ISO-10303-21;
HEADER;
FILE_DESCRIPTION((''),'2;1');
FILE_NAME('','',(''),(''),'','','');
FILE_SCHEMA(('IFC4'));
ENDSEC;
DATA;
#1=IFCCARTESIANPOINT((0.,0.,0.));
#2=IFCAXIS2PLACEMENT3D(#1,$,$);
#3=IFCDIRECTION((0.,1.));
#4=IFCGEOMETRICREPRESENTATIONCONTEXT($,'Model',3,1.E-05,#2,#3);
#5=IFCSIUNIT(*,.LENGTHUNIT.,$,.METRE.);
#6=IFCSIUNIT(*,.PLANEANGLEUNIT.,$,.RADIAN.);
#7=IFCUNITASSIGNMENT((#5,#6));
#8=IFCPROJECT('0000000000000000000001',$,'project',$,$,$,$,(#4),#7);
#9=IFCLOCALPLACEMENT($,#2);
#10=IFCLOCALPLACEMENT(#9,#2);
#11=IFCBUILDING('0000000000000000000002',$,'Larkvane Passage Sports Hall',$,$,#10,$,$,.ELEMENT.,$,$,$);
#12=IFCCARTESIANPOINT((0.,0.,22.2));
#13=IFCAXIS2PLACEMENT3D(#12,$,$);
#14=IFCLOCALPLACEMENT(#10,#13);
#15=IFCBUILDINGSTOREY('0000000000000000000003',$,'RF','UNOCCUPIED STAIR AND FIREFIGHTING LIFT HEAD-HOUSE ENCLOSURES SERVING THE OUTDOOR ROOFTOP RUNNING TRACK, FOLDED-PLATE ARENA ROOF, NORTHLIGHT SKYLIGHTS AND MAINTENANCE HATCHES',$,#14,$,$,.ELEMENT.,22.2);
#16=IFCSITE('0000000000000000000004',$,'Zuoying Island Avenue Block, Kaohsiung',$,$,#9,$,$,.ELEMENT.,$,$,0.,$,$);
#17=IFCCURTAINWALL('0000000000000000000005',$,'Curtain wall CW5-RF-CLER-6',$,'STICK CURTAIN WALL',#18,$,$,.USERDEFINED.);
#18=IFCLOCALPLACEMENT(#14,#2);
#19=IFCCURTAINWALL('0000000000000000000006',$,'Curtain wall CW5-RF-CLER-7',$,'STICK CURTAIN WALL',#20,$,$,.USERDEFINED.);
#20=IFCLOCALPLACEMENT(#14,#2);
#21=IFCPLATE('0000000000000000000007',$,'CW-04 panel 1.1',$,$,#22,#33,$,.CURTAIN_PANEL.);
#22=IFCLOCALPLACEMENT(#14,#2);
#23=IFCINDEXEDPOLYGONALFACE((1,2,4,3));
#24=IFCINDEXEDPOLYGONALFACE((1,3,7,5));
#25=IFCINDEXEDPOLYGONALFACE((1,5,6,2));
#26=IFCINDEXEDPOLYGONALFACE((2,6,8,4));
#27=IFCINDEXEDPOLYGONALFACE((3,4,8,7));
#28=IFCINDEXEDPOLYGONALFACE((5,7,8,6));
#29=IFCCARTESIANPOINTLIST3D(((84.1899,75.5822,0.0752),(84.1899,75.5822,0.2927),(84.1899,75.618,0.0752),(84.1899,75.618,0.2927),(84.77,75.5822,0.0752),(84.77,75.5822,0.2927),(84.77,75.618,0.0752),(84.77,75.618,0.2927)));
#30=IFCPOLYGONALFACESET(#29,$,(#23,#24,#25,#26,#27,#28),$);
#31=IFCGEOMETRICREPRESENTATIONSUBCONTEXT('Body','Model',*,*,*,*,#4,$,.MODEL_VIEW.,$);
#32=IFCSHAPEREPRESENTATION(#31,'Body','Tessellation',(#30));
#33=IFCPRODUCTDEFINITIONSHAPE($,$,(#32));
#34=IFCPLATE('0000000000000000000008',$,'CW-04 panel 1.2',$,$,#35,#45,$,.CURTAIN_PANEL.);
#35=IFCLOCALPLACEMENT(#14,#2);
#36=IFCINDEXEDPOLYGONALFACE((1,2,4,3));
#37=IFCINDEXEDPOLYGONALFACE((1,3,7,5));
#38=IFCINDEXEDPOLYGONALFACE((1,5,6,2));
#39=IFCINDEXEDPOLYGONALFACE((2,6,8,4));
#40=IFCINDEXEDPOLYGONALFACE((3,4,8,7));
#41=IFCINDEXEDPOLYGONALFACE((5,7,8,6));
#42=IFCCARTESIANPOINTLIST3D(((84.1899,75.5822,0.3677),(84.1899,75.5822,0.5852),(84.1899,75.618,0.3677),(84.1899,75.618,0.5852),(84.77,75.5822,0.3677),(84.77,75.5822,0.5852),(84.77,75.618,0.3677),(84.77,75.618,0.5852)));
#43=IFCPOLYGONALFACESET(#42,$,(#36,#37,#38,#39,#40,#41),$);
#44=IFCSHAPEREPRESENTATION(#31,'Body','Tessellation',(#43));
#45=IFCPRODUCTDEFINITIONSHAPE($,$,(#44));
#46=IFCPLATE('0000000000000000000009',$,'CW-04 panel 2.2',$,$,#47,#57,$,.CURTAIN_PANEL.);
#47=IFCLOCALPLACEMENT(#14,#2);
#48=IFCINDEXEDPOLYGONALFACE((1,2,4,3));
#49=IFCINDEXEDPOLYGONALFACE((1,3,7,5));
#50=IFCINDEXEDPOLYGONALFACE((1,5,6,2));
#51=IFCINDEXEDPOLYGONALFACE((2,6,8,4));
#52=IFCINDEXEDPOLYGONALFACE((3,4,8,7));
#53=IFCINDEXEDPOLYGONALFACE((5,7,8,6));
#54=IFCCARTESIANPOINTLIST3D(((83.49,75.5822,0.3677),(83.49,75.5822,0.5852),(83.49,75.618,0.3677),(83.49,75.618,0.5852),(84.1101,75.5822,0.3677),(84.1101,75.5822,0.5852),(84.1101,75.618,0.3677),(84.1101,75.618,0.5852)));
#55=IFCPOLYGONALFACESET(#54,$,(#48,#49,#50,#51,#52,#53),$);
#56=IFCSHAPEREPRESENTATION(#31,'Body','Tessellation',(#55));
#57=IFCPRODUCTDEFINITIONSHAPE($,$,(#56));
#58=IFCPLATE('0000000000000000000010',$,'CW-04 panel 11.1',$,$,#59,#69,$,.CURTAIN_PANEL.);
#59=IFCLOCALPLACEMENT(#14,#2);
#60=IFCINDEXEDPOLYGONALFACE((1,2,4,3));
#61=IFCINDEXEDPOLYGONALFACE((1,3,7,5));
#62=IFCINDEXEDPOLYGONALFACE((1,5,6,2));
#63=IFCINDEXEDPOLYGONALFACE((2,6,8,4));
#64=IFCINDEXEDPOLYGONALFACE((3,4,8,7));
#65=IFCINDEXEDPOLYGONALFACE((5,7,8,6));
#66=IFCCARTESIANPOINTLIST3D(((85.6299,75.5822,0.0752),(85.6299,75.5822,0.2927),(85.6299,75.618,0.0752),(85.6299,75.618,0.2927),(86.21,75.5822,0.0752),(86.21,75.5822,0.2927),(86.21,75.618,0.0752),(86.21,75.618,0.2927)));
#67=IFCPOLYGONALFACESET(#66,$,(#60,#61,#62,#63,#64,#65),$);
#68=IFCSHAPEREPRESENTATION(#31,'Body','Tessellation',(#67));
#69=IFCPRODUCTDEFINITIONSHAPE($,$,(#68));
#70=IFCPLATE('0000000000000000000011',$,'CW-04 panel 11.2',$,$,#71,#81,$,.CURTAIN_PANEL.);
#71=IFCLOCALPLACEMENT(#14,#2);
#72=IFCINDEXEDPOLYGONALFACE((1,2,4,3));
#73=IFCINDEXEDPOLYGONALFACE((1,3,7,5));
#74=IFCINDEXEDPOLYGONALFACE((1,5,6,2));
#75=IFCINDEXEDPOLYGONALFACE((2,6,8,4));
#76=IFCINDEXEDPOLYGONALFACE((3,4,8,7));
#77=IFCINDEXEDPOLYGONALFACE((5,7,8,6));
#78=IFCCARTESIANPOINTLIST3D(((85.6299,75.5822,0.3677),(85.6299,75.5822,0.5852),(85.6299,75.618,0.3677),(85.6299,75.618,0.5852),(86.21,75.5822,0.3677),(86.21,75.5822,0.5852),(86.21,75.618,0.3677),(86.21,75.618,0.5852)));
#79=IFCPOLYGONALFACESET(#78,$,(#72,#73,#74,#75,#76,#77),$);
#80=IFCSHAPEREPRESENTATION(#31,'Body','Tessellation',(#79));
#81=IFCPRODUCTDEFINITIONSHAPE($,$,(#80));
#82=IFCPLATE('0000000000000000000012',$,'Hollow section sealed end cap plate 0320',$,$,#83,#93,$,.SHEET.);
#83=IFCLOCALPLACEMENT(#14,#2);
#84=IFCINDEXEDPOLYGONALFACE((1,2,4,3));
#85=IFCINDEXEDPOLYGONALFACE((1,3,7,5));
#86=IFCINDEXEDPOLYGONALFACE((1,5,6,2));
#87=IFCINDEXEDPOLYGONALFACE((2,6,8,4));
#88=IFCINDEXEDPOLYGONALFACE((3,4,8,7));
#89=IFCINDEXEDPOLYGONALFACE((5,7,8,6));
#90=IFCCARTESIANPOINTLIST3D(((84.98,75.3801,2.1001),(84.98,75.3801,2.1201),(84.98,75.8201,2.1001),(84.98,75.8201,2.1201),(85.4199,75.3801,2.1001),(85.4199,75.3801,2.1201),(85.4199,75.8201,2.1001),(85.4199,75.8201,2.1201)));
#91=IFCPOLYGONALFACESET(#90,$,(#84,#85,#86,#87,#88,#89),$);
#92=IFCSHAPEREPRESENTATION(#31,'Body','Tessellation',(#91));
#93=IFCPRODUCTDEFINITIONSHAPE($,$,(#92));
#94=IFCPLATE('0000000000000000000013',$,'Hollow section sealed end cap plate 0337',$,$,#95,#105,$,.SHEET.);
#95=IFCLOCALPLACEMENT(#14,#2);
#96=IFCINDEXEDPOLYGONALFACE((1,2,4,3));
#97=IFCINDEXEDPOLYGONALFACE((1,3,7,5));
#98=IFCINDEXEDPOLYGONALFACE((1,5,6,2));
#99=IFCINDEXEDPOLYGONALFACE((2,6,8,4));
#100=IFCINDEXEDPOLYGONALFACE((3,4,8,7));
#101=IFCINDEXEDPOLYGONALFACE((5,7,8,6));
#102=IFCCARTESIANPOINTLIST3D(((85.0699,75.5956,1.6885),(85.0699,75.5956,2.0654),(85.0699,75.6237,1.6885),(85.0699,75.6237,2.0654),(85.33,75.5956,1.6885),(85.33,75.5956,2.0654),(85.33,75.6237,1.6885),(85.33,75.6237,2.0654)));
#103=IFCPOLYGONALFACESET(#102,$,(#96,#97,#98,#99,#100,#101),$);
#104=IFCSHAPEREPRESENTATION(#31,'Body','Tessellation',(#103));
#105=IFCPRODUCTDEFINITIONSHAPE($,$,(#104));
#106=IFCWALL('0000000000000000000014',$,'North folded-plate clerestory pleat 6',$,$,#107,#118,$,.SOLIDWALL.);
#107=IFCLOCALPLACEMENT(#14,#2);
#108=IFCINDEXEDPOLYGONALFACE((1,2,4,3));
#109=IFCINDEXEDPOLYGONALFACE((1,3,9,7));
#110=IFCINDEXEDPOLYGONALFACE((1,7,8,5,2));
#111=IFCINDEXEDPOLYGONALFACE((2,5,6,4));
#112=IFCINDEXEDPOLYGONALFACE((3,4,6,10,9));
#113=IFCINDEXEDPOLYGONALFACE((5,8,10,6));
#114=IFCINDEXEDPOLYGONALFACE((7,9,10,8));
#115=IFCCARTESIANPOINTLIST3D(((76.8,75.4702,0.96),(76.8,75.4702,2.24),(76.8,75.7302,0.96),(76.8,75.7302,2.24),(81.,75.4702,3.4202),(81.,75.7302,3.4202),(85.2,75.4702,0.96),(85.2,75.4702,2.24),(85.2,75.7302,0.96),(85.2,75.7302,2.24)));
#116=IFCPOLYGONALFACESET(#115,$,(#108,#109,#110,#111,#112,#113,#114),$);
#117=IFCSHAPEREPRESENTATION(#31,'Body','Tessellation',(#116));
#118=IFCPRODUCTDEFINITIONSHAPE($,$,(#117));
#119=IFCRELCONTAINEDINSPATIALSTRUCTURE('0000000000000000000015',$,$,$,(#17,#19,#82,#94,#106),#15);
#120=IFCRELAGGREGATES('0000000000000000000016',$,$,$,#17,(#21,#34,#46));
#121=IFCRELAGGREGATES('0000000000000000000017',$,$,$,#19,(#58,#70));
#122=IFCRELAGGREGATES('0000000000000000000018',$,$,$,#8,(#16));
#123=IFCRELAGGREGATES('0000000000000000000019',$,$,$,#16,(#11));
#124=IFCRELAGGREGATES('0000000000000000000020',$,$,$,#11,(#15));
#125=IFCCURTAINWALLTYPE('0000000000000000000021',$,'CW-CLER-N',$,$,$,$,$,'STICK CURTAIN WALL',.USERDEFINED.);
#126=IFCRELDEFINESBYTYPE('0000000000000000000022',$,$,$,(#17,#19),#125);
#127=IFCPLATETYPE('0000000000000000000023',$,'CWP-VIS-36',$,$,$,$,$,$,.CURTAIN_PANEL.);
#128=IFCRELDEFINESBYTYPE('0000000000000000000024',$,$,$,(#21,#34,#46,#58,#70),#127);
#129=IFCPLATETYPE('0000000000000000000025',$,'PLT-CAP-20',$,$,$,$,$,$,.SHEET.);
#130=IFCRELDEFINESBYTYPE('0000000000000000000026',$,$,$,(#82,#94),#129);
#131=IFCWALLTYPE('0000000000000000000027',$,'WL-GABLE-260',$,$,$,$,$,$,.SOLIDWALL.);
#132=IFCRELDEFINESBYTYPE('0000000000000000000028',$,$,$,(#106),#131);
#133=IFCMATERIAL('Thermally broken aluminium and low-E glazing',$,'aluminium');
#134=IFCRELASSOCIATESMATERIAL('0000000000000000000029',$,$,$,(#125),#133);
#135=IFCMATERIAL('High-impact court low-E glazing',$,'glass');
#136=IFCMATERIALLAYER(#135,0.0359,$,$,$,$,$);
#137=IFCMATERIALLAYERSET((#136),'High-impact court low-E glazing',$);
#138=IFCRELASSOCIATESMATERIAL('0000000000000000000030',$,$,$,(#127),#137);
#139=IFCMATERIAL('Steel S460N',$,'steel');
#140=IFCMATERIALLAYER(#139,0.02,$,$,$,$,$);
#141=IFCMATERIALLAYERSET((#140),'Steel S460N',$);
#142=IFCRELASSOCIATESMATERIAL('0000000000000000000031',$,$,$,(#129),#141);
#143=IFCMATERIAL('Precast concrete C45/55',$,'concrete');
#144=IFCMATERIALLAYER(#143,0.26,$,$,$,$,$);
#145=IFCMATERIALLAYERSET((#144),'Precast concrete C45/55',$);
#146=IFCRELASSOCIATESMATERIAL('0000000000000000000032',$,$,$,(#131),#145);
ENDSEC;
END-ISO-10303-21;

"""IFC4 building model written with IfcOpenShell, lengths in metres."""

from ifc_helpers import new_model, si_unit, direction, frame, origin, origin_2d, place, context, subcontext, project, spatial, polyline, rectangle, outline, extrude, material, layer, layer_set, type_object, element, aggregate, save


model = new_model("IFC4")

# Units and contexts
model_context = context("Model", 3, precision=1e-05, world=origin(), true_north=direction((0.0, 1.0)))
body_context = subcontext(model_context, "Body", "Model", "MODEL_VIEW")
ifc_project = project(units=[si_unit("LENGTHUNIT", "METRE"), si_unit("PLANEANGLEUNIT", "RADIAN")], contexts=[model_context])

# Site, building, storey
site_placement = place(None, origin())
site = spatial("IfcSite", under=ifc_project, at=site_placement, Name="Zuoying Island Avenue Block, Kaohsiung", CompositionType="ELEMENT", RefElevation=0.0)
building_placement = place(site_placement, origin())
building = spatial("IfcBuilding", under=site, at=building_placement, Name="Larkvane Passage Sports Hall", CompositionType="ELEMENT")
storey_placement = place(building_placement, frame((0.0, 0.0, 22.2)))
storey = spatial("IfcBuildingStorey", under=building, at=storey_placement, Name="RF", Description="UNOCCUPIED STAIR AND FIREFIGHTING LIFT HEAD-HOUSE ENCLOSURES SERVING THE OUTDOOR ROOFTOP RUNNING TRACK, FOLDED-PLATE ARENA ROOF, NORTHLIGHT SKYLIGHTS AND MAINTENANCE HATCHES", CompositionType="ELEMENT", Elevation=22.2)

# Shared definitions
ifc_material_1 = material(Name="Steel S460N", Category="steel")

# Curtain wall
ifc_material_2 = material(Name="Thermally broken aluminium and low-E glazing", Category="aluminium")
curtain_wall_type = type_object("IfcCurtainWallType", Name="CW-CLER-N", ElementType="STICK CURTAIN WALL", PredefinedType="USERDEFINED", material=ifc_material_2)
curtain_wall_1_placement = place(storey_placement, origin())
curtain_wall_1 = element("IfcCurtainWall", 1, at=curtain_wall_1_placement, inside=storey, type_object=curtain_wall_type, Name="Curtain wall CW5-RF-CLER-6", ObjectType="STICK CURTAIN WALL", PredefinedType="USERDEFINED")

# Curtain wall
curtain_wall_2_placement = place(storey_placement, origin())
curtain_wall_2 = element("IfcCurtainWall", 2, at=curtain_wall_2_placement, inside=storey, type_object=curtain_wall_type, Name="Curtain wall CW5-RF-CLER-7", ObjectType="STICK CURTAIN WALL", PredefinedType="USERDEFINED")

# Plates
ifc_material_3 = material(Name="High-impact court low-E glazing", Category="glass")
ifc_layer_1 = layer(ifc_material_3, 0.0359)
ifc_layer_set_1 = layer_set([ifc_layer_1], Name="High-impact court low-E glazing")
plate_type_1 = type_object("IfcPlateType", Name="CWP-VIS-36", PredefinedType="CURTAIN_PANEL", material=ifc_layer_set_1)
plate_1_placement = place(storey_placement, frame((84.48, 75.6001, 0.0752), z_axis=(0.0, 0.0, 1.0), x_axis=(-1.0, 0.0, 0.0)))
plate_1 = element("IfcPlate", 3, at=plate_1_placement, type_object=plate_type_1, Name="CW-04 panel 1.1", PredefinedType="CURTAIN_PANEL", context=body_context, shape_type="SweptSolid", body=[
    extrude(rectangle(XDim=0.5801, YDim=0.0359, at=origin_2d()), origin(), (0.0, 0.0, 1.0), 0.2175),
])
plate_2_placement = place(storey_placement, frame((84.48, 75.6001, 0.3677), z_axis=(0.0, 0.0, 1.0), x_axis=(-1.0, 0.0, 0.0)))
plate_2 = element("IfcPlate", 4, at=plate_2_placement, type_object=plate_type_1, Name="CW-04 panel 1.2", PredefinedType="CURTAIN_PANEL", context=body_context, shape_type="SweptSolid", body=[
    extrude(rectangle(XDim=0.5801, YDim=0.0359, at=origin_2d()), origin(), (0.0, 0.0, 1.0), 0.2175),
])
plate_3_placement = place(storey_placement, frame((83.8, 75.6001, 0.3677), z_axis=(0.0, 0.0, 1.0), x_axis=(-1.0, 0.0, 0.0)))
plate_3 = element("IfcPlate", 5, at=plate_3_placement, type_object=plate_type_1, Name="CW-04 panel 2.2", PredefinedType="CURTAIN_PANEL", context=body_context, shape_type="SweptSolid", body=[
    extrude(rectangle(XDim=0.6201, YDim=0.0359, at=origin_2d()), origin(), (0.0, 0.0, 1.0), 0.2175),
])
aggregate(curtain_wall_1, [plate_1, plate_2, plate_3])
plate_4_placement = place(storey_placement, frame((85.9199, 75.6001, 0.0752), z_axis=(0.0, 0.0, 1.0), x_axis=(-1.0, 0.0, 0.0)))
plate_4 = element("IfcPlate", 6, at=plate_4_placement, type_object=plate_type_1, Name="CW-04 panel 11.1", PredefinedType="CURTAIN_PANEL", context=body_context, shape_type="SweptSolid", body=[
    extrude(rectangle(XDim=0.5801, YDim=0.0359, at=origin_2d()), origin(), (0.0, 0.0, 1.0), 0.2175),
])
plate_5_placement = place(storey_placement, frame((85.9199, 75.6001, 0.3677), z_axis=(0.0, 0.0, 1.0), x_axis=(-1.0, 0.0, 0.0)))
plate_5 = element("IfcPlate", 7, at=plate_5_placement, type_object=plate_type_1, Name="CW-04 panel 11.2", PredefinedType="CURTAIN_PANEL", context=body_context, shape_type="SweptSolid", body=[
    extrude(rectangle(XDim=0.5801, YDim=0.0359, at=origin_2d()), origin(), (0.0, 0.0, 1.0), 0.2175),
])
aggregate(curtain_wall_2, [plate_4, plate_5])

# Plates
ifc_layer_2 = layer(ifc_material_1, 0.02)
ifc_layer_set_2 = layer_set([ifc_layer_2], Name="Steel S460N")
plate_type_2 = type_object("IfcPlateType", Name="PLT-CAP-20", PredefinedType="SHEET", material=ifc_layer_set_2)
plate_6_placement = place(storey_placement, frame((85.2, 75.6001, 2.1001), z_axis=(0.0, 0.0, 1.0), x_axis=(1.0, 0.0, 0.0)))
element("IfcPlate", 8, at=plate_6_placement, inside=storey, type_object=plate_type_2, Name="Hollow section sealed end cap plate 0320", PredefinedType="SHEET", context=body_context, shape_type="SweptSolid", body=[
    extrude(rectangle(XDim=0.4399, YDim=0.4399, at=origin_2d()), origin(), (0.0, 0.0, 1.0), 0.02),
])
plate_7_placement = place(storey_placement, frame((85.2, 75.6096, 1.6885), z_axis=(0.0, 0.0, 1.0), x_axis=(-1.0, 0.0, 0.0)))
element("IfcPlate", 9, at=plate_7_placement, inside=storey, type_object=plate_type_2, Name="Hollow section sealed end cap plate 0337", PredefinedType="SHEET", context=body_context, shape_type="SweptSolid", body=[
    extrude(rectangle(XDim=0.26, YDim=0.0281, at=origin_2d()), origin(), (0.0, 0.0, 1.0), 0.377),
])

# Wall
ifc_material_4 = material(Name="Precast concrete C45/55", Category="concrete")
ifc_layer_3 = layer(ifc_material_4, 0.26)
ifc_layer_set_3 = layer_set([ifc_layer_3], Name="Precast concrete C45/55")
wall_type = type_object("IfcWallType", Name="WL-GABLE-260", PredefinedType="SOLIDWALL", material=ifc_layer_set_3)
wall_placement = place(storey_placement, frame((85.2, 75.6001, 0.96), z_axis=(0.0, 0.0, 1.0), x_axis=(-1.0, 0.0, 0.0)))
element("IfcWall", 10, at=wall_placement, inside=storey, type_object=wall_type, Name="North folded-plate clerestory pleat 6", PredefinedType="SOLIDWALL", context=body_context, shape_type="SweptSolid", body=[
    extrude(outline(polyline([(0.0, 0.0), (8.3999, 0.0), (8.3999, 1.28), (4.2, 2.4602), (0.0, 1.28), (0.0, 0.0)])), frame((0.0, 0.1299, 0.0), z_axis=(0.0, -1.0, 0.0), x_axis=(1.0, 0.0, 0.0)), (0.0, 0.0, 1.0), 0.26),
])

save(model, "model.ifc")
